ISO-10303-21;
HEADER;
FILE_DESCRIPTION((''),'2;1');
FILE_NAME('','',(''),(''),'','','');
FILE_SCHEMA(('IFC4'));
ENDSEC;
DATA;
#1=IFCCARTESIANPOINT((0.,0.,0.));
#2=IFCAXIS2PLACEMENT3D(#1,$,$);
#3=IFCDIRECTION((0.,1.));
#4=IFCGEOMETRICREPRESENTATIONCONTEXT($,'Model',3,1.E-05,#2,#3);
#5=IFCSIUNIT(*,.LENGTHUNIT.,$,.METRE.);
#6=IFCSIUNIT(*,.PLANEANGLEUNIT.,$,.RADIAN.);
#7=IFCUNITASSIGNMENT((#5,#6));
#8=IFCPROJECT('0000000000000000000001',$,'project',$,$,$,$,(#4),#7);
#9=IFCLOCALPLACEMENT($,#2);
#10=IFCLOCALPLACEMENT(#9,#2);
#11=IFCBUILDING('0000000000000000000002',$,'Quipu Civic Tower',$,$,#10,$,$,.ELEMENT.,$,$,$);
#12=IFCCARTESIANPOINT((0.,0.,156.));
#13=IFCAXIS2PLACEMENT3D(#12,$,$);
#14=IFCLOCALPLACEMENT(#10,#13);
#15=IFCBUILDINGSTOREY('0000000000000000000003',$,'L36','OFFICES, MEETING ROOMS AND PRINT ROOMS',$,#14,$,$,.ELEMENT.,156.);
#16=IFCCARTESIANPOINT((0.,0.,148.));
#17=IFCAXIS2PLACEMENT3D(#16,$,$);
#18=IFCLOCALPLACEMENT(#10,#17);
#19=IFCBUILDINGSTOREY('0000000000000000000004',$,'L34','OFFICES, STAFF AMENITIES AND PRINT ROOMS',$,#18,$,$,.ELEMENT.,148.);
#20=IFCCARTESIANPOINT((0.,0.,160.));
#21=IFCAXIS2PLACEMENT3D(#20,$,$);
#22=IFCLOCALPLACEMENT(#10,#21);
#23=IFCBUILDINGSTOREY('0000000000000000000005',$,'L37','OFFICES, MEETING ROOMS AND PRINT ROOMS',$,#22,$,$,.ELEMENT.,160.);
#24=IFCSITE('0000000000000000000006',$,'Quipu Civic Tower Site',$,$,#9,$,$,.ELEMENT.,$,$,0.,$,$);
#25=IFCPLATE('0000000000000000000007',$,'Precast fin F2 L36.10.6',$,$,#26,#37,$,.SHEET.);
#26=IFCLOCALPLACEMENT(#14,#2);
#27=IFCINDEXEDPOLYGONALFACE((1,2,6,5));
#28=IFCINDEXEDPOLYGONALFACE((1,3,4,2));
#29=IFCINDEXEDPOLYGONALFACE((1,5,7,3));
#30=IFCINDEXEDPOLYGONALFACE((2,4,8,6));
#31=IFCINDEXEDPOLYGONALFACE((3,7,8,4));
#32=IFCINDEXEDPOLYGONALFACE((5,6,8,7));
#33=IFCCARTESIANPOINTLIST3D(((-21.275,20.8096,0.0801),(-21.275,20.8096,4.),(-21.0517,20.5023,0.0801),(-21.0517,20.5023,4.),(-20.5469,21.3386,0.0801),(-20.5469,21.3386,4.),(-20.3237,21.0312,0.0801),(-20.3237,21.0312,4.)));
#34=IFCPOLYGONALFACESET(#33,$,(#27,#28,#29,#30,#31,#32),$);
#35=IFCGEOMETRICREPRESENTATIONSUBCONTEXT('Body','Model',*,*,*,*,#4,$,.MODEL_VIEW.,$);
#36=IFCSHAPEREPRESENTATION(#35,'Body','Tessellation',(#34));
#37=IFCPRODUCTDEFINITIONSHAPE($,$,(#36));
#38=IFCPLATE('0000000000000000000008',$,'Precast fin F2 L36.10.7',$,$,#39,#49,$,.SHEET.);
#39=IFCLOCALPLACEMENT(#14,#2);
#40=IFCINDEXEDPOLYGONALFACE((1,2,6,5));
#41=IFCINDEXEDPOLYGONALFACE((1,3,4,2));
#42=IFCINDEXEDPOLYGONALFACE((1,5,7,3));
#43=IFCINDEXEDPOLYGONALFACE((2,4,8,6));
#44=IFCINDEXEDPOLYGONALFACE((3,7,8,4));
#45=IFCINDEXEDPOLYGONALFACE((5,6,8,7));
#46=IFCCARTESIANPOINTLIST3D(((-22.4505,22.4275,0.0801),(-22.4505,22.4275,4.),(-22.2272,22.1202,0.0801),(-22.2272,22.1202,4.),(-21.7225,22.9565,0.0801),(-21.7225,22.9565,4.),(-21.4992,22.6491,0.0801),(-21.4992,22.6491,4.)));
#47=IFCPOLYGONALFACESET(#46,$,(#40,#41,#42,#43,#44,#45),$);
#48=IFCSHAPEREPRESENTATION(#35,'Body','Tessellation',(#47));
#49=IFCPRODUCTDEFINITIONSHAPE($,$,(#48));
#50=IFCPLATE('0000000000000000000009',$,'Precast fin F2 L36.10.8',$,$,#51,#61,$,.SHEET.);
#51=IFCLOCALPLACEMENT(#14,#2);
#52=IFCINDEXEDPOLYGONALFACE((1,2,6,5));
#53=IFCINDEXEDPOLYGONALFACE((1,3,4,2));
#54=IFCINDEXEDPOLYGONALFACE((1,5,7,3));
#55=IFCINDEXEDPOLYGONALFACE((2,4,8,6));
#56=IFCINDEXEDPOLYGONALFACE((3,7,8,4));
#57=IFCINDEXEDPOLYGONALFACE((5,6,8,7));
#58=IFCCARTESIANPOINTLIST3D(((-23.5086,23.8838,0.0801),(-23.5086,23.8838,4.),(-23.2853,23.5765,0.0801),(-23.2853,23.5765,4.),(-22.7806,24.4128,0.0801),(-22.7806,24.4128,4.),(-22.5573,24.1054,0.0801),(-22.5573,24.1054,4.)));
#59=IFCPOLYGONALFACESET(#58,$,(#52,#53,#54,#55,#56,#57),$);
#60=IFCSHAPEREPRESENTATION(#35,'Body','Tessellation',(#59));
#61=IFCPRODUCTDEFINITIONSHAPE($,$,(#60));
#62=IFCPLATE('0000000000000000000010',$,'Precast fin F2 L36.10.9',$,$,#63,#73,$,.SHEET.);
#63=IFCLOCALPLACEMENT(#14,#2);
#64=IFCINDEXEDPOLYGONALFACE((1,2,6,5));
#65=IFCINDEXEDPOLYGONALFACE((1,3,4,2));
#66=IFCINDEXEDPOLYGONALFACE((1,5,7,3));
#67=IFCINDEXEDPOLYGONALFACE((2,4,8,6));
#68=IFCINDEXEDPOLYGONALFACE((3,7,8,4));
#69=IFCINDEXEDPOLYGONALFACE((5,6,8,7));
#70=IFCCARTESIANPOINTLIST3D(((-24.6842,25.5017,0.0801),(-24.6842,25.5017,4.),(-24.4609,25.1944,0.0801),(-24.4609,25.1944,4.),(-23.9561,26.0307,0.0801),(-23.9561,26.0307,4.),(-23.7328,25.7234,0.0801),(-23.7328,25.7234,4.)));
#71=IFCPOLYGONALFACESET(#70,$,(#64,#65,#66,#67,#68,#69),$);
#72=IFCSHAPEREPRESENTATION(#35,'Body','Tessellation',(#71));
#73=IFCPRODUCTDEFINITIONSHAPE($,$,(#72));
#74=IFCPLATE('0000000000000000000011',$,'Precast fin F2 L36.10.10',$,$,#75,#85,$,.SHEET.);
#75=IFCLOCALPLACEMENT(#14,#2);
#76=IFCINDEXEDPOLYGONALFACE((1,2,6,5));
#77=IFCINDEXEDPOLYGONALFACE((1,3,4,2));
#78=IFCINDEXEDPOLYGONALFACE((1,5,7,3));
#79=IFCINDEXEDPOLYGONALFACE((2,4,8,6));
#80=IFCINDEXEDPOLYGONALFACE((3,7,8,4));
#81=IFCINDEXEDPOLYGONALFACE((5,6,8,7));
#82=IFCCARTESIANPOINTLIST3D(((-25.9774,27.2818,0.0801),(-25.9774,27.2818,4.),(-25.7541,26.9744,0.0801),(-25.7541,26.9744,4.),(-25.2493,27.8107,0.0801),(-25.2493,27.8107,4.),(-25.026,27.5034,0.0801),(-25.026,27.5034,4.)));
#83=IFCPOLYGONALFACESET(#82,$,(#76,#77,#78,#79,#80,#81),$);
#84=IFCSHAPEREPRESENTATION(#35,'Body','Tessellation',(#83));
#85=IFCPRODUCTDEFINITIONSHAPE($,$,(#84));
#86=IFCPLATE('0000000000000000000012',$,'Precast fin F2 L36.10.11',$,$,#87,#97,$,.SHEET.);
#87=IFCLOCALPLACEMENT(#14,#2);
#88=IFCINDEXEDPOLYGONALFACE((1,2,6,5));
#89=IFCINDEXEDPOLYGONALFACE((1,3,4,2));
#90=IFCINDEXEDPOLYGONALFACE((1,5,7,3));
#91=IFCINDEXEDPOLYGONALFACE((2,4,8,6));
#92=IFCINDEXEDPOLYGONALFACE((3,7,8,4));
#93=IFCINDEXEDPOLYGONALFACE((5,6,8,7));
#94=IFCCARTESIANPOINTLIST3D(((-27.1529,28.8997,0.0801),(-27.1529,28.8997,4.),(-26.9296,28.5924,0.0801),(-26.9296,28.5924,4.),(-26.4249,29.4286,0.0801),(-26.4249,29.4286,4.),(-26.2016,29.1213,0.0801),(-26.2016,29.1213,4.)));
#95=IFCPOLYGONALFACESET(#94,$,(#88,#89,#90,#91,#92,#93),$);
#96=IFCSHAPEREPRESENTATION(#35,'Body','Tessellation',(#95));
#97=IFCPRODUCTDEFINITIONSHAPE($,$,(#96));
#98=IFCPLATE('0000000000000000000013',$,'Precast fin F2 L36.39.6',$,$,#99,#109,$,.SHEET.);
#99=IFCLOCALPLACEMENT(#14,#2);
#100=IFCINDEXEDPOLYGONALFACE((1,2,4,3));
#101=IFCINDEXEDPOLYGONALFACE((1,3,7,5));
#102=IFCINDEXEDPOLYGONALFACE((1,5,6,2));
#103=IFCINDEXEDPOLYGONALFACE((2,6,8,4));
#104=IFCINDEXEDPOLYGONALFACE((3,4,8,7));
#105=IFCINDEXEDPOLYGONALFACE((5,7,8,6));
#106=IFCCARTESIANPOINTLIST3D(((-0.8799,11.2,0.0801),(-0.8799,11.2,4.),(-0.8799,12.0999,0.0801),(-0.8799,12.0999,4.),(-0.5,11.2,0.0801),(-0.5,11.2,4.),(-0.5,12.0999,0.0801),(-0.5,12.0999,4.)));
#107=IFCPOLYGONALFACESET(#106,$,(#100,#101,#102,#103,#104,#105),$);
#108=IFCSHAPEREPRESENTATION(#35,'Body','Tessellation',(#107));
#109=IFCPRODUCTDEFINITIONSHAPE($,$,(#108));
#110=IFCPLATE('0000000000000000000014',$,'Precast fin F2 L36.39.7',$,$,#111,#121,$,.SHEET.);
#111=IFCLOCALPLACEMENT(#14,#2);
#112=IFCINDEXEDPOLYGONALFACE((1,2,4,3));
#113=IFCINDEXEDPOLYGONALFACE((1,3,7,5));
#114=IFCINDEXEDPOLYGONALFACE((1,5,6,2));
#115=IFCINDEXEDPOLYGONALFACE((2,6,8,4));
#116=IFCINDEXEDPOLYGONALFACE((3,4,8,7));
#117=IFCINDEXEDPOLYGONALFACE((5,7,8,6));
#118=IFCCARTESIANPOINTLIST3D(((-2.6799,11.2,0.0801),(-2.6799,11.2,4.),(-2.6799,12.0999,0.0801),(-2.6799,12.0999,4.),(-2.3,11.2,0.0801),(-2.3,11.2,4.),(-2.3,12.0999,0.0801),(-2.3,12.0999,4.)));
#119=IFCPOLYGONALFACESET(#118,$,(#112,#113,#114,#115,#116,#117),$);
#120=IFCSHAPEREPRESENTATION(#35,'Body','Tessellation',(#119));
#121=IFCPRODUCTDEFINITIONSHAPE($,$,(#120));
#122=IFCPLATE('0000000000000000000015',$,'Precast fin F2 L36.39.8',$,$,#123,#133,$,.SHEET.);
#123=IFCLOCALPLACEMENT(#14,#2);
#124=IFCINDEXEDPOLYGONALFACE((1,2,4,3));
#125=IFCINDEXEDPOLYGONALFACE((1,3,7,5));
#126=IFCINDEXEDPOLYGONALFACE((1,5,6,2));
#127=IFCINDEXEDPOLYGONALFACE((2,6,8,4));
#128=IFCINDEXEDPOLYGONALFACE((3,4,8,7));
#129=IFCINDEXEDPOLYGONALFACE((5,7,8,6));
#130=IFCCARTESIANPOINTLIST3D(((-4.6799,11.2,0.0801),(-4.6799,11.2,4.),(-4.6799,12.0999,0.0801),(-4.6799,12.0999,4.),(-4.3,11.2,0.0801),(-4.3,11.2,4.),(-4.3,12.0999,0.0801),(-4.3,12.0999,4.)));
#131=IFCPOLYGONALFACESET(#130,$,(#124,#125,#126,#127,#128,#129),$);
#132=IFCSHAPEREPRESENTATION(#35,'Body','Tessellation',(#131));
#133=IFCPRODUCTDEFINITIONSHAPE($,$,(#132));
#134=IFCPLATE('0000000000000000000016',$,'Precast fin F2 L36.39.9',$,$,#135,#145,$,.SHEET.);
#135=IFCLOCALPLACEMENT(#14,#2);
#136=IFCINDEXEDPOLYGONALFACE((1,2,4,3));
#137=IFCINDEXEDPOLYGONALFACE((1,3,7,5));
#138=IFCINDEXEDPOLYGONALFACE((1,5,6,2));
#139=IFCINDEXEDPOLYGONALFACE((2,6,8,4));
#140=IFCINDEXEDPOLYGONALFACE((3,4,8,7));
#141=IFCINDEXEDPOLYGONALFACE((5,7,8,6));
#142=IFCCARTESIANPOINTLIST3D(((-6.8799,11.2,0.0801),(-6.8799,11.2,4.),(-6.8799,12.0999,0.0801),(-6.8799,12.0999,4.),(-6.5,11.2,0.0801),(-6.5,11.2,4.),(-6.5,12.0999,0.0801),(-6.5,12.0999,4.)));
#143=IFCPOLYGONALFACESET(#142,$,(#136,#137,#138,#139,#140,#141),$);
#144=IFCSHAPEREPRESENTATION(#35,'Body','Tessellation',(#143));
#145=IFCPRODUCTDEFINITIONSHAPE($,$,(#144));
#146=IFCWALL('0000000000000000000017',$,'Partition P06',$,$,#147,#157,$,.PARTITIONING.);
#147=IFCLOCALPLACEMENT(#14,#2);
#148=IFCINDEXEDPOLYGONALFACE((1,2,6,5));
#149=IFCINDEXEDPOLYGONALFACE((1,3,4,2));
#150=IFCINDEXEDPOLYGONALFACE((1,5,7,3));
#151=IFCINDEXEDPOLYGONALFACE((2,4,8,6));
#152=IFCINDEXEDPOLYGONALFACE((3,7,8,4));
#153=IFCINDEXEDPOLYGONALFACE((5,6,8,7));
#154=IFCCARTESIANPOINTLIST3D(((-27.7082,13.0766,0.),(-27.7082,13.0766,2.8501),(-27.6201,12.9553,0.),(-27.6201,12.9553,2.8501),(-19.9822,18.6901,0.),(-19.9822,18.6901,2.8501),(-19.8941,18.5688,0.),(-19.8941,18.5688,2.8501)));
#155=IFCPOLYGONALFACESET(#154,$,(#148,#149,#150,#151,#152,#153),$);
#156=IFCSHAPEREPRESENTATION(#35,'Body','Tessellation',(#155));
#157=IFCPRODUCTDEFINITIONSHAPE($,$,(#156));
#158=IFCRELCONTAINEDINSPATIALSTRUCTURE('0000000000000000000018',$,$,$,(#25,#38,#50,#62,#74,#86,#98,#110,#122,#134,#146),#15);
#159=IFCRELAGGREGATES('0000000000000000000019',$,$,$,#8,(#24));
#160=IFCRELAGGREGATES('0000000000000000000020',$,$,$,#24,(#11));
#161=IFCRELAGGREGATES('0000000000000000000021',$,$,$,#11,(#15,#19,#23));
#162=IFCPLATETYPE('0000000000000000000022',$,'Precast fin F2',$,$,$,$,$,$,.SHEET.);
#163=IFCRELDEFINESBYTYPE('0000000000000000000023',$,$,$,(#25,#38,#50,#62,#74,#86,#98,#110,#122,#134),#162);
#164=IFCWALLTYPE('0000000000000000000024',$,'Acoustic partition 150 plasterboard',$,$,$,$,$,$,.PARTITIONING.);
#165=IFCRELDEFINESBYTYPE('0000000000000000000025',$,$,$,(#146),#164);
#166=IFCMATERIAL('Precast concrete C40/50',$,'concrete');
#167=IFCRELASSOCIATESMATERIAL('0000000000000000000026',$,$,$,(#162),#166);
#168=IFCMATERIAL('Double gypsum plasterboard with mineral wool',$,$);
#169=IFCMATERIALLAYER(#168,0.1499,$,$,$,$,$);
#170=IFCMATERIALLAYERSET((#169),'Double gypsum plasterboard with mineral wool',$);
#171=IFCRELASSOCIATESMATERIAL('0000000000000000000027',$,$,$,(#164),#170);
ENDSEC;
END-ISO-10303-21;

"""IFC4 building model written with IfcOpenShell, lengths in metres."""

from ifc_helpers import new_model, si_unit, direction, frame, frame_2d, origin, origin_2d, place, context, subcontext, project, spatial, rectangle, extrude, material, layer, layer_set, type_object, element, save


model = new_model("IFC4")

# Units and contexts
model_context = context("Model", 3, precision=1e-05, world=origin(), true_north=direction((0.0, 1.0)))
body_context = subcontext(model_context, "Body", "Model", "MODEL_VIEW")
ifc_project = project(units=[si_unit("LENGTHUNIT", "METRE"), si_unit("PLANEANGLEUNIT", "RADIAN")], contexts=[model_context])

# Site, building, storey
site_placement = place(None, origin())
site = spatial("IfcSite", under=ifc_project, at=site_placement, Name="Quipu Civic Tower Site", CompositionType="ELEMENT", RefElevation=0.0)
building_placement = place(site_placement, origin())
building = spatial("IfcBuilding", under=site, at=building_placement, Name="Quipu Civic Tower", CompositionType="ELEMENT")
storey_1_placement = place(building_placement, frame((0.0, 0.0, 156.0)))
storey_1 = spatial("IfcBuildingStorey", under=building, at=storey_1_placement, Name="L36", Description="OFFICES, MEETING ROOMS AND PRINT ROOMS", CompositionType="ELEMENT", Elevation=156.0)

# Shared definitions
storey_2_placement = place(building_placement, frame((0.0, 0.0, 148.0)))
storey_2 = spatial("IfcBuildingStorey", under=building, at=storey_2_placement, Name="L34", Description="OFFICES, STAFF AMENITIES AND PRINT ROOMS", CompositionType="ELEMENT", Elevation=148.0)

# Shared definitions
storey_3_placement = place(building_placement, frame((0.0, 0.0, 160.0)))
storey_3 = spatial("IfcBuildingStorey", under=building, at=storey_3_placement, Name="L37", Description="OFFICES, MEETING ROOMS AND PRINT ROOMS", CompositionType="ELEMENT", Elevation=160.0)

# Plates
ifc_material_1 = material(Name="Precast concrete C40/50", Category="concrete")
plate_type_1 = type_object("IfcPlateType", Name="Precast fin F2", PredefinedType="SHEET", material=ifc_material_1)
for number, where, z_axis, x_axis, name in (
    (1, (-20.7993, 20.9204, 0.0801), (0.0, 0.0, 1.0), (-0.587787, 0.809016, 0.0), "Precast fin F2 L36.10.6"),
    (2, (-21.9749, 22.5383, 0.0801), (0.0, 0.0, 1.0), (-0.587787, 0.809016, 0.0), "Precast fin F2 L36.10.7"),
    (3, (-23.033, 23.9946, 0.0801), (0.0, 0.0, 1.0), (-0.587787, 0.809016, 0.0), "Precast fin F2 L36.10.8"),
    (4, (-24.2085, 25.6125, 0.0801), (0.0, 0.0, 1.0), (-0.587787, 0.809016, 0.0), "Precast fin F2 L36.10.9"),
    (5, (-25.5017, 27.3926, 0.0801), (0.0, 0.0, 1.0), (-0.587787, 0.809016, 0.0), "Precast fin F2 L36.10.10"),
    (6, (-26.6772, 29.0105, 0.0801), (0.0, 0.0, 1.0), (-0.587787, 0.809016, 0.0), "Precast fin F2 L36.10.11"),
    (7, (-0.6899, 11.6499, 0.0801), (0.0, 0.0, 1.0), (-1.0, 0.0, 0.0), "Precast fin F2 L36.39.6"),
    (8, (-2.49, 11.6499, 0.0801), (0.0, 0.0, 1.0), (-1.0, 0.0, 0.0), "Precast fin F2 L36.39.7"),
    (9, (-4.49, 11.6499, 0.0801), (0.0, 0.0, 1.0), (-1.0, 0.0, 0.0), "Precast fin F2 L36.39.8"),
    (10, (-6.6899, 11.6499, 0.0801), (0.0, 0.0, 1.0), (-1.0, 0.0, 0.0), "Precast fin F2 L36.39.9"),
):
    element("IfcPlate", number, at=place(storey_1_placement, frame(where, z_axis=z_axis, x_axis=x_axis)), inside=storey_1, type_object=plate_type_1, Name=name, PredefinedType="SHEET", context=body_context, shape_type="SweptSolid", body=[
        extrude(rectangle(XDim=0.3799, YDim=0.8999, at=origin_2d()), origin(), (0.0, 0.0, 1.0), 3.9199),
    ])

# Wall
ifc_material_2 = material(Name="Double gypsum plasterboard with mineral wool")
ifc_layer_1 = layer(ifc_material_2, 0.1499)
ifc_layer_set_1 = layer_set([ifc_layer_1], Name="Double gypsum plasterboard with mineral wool")
wall_type = type_object("IfcWallType", Name="Acoustic partition 150 plasterboard", PredefinedType="PARTITIONING", material=ifc_layer_set_1)
wall_placement = place(storey_1_placement, frame((-19.9382, 18.6294, 0.0), z_axis=(0.0, 0.0, 1.0), x_axis=(-0.809007, -0.587799, 0.0)))
element("IfcWall", 11, at=wall_placement, inside=storey_1, type_object=wall_type, Name="Partition P06", PredefinedType="PARTITIONING", context=body_context, shape_type="SweptSolid", body=[
    extrude(rectangle(XDim=9.55, YDim=0.1499, at=frame_2d((4.7749, 0.0))), origin(), (0.0, 0.0, 1.0), 2.8501),
])

save(model, "model.ifc")
